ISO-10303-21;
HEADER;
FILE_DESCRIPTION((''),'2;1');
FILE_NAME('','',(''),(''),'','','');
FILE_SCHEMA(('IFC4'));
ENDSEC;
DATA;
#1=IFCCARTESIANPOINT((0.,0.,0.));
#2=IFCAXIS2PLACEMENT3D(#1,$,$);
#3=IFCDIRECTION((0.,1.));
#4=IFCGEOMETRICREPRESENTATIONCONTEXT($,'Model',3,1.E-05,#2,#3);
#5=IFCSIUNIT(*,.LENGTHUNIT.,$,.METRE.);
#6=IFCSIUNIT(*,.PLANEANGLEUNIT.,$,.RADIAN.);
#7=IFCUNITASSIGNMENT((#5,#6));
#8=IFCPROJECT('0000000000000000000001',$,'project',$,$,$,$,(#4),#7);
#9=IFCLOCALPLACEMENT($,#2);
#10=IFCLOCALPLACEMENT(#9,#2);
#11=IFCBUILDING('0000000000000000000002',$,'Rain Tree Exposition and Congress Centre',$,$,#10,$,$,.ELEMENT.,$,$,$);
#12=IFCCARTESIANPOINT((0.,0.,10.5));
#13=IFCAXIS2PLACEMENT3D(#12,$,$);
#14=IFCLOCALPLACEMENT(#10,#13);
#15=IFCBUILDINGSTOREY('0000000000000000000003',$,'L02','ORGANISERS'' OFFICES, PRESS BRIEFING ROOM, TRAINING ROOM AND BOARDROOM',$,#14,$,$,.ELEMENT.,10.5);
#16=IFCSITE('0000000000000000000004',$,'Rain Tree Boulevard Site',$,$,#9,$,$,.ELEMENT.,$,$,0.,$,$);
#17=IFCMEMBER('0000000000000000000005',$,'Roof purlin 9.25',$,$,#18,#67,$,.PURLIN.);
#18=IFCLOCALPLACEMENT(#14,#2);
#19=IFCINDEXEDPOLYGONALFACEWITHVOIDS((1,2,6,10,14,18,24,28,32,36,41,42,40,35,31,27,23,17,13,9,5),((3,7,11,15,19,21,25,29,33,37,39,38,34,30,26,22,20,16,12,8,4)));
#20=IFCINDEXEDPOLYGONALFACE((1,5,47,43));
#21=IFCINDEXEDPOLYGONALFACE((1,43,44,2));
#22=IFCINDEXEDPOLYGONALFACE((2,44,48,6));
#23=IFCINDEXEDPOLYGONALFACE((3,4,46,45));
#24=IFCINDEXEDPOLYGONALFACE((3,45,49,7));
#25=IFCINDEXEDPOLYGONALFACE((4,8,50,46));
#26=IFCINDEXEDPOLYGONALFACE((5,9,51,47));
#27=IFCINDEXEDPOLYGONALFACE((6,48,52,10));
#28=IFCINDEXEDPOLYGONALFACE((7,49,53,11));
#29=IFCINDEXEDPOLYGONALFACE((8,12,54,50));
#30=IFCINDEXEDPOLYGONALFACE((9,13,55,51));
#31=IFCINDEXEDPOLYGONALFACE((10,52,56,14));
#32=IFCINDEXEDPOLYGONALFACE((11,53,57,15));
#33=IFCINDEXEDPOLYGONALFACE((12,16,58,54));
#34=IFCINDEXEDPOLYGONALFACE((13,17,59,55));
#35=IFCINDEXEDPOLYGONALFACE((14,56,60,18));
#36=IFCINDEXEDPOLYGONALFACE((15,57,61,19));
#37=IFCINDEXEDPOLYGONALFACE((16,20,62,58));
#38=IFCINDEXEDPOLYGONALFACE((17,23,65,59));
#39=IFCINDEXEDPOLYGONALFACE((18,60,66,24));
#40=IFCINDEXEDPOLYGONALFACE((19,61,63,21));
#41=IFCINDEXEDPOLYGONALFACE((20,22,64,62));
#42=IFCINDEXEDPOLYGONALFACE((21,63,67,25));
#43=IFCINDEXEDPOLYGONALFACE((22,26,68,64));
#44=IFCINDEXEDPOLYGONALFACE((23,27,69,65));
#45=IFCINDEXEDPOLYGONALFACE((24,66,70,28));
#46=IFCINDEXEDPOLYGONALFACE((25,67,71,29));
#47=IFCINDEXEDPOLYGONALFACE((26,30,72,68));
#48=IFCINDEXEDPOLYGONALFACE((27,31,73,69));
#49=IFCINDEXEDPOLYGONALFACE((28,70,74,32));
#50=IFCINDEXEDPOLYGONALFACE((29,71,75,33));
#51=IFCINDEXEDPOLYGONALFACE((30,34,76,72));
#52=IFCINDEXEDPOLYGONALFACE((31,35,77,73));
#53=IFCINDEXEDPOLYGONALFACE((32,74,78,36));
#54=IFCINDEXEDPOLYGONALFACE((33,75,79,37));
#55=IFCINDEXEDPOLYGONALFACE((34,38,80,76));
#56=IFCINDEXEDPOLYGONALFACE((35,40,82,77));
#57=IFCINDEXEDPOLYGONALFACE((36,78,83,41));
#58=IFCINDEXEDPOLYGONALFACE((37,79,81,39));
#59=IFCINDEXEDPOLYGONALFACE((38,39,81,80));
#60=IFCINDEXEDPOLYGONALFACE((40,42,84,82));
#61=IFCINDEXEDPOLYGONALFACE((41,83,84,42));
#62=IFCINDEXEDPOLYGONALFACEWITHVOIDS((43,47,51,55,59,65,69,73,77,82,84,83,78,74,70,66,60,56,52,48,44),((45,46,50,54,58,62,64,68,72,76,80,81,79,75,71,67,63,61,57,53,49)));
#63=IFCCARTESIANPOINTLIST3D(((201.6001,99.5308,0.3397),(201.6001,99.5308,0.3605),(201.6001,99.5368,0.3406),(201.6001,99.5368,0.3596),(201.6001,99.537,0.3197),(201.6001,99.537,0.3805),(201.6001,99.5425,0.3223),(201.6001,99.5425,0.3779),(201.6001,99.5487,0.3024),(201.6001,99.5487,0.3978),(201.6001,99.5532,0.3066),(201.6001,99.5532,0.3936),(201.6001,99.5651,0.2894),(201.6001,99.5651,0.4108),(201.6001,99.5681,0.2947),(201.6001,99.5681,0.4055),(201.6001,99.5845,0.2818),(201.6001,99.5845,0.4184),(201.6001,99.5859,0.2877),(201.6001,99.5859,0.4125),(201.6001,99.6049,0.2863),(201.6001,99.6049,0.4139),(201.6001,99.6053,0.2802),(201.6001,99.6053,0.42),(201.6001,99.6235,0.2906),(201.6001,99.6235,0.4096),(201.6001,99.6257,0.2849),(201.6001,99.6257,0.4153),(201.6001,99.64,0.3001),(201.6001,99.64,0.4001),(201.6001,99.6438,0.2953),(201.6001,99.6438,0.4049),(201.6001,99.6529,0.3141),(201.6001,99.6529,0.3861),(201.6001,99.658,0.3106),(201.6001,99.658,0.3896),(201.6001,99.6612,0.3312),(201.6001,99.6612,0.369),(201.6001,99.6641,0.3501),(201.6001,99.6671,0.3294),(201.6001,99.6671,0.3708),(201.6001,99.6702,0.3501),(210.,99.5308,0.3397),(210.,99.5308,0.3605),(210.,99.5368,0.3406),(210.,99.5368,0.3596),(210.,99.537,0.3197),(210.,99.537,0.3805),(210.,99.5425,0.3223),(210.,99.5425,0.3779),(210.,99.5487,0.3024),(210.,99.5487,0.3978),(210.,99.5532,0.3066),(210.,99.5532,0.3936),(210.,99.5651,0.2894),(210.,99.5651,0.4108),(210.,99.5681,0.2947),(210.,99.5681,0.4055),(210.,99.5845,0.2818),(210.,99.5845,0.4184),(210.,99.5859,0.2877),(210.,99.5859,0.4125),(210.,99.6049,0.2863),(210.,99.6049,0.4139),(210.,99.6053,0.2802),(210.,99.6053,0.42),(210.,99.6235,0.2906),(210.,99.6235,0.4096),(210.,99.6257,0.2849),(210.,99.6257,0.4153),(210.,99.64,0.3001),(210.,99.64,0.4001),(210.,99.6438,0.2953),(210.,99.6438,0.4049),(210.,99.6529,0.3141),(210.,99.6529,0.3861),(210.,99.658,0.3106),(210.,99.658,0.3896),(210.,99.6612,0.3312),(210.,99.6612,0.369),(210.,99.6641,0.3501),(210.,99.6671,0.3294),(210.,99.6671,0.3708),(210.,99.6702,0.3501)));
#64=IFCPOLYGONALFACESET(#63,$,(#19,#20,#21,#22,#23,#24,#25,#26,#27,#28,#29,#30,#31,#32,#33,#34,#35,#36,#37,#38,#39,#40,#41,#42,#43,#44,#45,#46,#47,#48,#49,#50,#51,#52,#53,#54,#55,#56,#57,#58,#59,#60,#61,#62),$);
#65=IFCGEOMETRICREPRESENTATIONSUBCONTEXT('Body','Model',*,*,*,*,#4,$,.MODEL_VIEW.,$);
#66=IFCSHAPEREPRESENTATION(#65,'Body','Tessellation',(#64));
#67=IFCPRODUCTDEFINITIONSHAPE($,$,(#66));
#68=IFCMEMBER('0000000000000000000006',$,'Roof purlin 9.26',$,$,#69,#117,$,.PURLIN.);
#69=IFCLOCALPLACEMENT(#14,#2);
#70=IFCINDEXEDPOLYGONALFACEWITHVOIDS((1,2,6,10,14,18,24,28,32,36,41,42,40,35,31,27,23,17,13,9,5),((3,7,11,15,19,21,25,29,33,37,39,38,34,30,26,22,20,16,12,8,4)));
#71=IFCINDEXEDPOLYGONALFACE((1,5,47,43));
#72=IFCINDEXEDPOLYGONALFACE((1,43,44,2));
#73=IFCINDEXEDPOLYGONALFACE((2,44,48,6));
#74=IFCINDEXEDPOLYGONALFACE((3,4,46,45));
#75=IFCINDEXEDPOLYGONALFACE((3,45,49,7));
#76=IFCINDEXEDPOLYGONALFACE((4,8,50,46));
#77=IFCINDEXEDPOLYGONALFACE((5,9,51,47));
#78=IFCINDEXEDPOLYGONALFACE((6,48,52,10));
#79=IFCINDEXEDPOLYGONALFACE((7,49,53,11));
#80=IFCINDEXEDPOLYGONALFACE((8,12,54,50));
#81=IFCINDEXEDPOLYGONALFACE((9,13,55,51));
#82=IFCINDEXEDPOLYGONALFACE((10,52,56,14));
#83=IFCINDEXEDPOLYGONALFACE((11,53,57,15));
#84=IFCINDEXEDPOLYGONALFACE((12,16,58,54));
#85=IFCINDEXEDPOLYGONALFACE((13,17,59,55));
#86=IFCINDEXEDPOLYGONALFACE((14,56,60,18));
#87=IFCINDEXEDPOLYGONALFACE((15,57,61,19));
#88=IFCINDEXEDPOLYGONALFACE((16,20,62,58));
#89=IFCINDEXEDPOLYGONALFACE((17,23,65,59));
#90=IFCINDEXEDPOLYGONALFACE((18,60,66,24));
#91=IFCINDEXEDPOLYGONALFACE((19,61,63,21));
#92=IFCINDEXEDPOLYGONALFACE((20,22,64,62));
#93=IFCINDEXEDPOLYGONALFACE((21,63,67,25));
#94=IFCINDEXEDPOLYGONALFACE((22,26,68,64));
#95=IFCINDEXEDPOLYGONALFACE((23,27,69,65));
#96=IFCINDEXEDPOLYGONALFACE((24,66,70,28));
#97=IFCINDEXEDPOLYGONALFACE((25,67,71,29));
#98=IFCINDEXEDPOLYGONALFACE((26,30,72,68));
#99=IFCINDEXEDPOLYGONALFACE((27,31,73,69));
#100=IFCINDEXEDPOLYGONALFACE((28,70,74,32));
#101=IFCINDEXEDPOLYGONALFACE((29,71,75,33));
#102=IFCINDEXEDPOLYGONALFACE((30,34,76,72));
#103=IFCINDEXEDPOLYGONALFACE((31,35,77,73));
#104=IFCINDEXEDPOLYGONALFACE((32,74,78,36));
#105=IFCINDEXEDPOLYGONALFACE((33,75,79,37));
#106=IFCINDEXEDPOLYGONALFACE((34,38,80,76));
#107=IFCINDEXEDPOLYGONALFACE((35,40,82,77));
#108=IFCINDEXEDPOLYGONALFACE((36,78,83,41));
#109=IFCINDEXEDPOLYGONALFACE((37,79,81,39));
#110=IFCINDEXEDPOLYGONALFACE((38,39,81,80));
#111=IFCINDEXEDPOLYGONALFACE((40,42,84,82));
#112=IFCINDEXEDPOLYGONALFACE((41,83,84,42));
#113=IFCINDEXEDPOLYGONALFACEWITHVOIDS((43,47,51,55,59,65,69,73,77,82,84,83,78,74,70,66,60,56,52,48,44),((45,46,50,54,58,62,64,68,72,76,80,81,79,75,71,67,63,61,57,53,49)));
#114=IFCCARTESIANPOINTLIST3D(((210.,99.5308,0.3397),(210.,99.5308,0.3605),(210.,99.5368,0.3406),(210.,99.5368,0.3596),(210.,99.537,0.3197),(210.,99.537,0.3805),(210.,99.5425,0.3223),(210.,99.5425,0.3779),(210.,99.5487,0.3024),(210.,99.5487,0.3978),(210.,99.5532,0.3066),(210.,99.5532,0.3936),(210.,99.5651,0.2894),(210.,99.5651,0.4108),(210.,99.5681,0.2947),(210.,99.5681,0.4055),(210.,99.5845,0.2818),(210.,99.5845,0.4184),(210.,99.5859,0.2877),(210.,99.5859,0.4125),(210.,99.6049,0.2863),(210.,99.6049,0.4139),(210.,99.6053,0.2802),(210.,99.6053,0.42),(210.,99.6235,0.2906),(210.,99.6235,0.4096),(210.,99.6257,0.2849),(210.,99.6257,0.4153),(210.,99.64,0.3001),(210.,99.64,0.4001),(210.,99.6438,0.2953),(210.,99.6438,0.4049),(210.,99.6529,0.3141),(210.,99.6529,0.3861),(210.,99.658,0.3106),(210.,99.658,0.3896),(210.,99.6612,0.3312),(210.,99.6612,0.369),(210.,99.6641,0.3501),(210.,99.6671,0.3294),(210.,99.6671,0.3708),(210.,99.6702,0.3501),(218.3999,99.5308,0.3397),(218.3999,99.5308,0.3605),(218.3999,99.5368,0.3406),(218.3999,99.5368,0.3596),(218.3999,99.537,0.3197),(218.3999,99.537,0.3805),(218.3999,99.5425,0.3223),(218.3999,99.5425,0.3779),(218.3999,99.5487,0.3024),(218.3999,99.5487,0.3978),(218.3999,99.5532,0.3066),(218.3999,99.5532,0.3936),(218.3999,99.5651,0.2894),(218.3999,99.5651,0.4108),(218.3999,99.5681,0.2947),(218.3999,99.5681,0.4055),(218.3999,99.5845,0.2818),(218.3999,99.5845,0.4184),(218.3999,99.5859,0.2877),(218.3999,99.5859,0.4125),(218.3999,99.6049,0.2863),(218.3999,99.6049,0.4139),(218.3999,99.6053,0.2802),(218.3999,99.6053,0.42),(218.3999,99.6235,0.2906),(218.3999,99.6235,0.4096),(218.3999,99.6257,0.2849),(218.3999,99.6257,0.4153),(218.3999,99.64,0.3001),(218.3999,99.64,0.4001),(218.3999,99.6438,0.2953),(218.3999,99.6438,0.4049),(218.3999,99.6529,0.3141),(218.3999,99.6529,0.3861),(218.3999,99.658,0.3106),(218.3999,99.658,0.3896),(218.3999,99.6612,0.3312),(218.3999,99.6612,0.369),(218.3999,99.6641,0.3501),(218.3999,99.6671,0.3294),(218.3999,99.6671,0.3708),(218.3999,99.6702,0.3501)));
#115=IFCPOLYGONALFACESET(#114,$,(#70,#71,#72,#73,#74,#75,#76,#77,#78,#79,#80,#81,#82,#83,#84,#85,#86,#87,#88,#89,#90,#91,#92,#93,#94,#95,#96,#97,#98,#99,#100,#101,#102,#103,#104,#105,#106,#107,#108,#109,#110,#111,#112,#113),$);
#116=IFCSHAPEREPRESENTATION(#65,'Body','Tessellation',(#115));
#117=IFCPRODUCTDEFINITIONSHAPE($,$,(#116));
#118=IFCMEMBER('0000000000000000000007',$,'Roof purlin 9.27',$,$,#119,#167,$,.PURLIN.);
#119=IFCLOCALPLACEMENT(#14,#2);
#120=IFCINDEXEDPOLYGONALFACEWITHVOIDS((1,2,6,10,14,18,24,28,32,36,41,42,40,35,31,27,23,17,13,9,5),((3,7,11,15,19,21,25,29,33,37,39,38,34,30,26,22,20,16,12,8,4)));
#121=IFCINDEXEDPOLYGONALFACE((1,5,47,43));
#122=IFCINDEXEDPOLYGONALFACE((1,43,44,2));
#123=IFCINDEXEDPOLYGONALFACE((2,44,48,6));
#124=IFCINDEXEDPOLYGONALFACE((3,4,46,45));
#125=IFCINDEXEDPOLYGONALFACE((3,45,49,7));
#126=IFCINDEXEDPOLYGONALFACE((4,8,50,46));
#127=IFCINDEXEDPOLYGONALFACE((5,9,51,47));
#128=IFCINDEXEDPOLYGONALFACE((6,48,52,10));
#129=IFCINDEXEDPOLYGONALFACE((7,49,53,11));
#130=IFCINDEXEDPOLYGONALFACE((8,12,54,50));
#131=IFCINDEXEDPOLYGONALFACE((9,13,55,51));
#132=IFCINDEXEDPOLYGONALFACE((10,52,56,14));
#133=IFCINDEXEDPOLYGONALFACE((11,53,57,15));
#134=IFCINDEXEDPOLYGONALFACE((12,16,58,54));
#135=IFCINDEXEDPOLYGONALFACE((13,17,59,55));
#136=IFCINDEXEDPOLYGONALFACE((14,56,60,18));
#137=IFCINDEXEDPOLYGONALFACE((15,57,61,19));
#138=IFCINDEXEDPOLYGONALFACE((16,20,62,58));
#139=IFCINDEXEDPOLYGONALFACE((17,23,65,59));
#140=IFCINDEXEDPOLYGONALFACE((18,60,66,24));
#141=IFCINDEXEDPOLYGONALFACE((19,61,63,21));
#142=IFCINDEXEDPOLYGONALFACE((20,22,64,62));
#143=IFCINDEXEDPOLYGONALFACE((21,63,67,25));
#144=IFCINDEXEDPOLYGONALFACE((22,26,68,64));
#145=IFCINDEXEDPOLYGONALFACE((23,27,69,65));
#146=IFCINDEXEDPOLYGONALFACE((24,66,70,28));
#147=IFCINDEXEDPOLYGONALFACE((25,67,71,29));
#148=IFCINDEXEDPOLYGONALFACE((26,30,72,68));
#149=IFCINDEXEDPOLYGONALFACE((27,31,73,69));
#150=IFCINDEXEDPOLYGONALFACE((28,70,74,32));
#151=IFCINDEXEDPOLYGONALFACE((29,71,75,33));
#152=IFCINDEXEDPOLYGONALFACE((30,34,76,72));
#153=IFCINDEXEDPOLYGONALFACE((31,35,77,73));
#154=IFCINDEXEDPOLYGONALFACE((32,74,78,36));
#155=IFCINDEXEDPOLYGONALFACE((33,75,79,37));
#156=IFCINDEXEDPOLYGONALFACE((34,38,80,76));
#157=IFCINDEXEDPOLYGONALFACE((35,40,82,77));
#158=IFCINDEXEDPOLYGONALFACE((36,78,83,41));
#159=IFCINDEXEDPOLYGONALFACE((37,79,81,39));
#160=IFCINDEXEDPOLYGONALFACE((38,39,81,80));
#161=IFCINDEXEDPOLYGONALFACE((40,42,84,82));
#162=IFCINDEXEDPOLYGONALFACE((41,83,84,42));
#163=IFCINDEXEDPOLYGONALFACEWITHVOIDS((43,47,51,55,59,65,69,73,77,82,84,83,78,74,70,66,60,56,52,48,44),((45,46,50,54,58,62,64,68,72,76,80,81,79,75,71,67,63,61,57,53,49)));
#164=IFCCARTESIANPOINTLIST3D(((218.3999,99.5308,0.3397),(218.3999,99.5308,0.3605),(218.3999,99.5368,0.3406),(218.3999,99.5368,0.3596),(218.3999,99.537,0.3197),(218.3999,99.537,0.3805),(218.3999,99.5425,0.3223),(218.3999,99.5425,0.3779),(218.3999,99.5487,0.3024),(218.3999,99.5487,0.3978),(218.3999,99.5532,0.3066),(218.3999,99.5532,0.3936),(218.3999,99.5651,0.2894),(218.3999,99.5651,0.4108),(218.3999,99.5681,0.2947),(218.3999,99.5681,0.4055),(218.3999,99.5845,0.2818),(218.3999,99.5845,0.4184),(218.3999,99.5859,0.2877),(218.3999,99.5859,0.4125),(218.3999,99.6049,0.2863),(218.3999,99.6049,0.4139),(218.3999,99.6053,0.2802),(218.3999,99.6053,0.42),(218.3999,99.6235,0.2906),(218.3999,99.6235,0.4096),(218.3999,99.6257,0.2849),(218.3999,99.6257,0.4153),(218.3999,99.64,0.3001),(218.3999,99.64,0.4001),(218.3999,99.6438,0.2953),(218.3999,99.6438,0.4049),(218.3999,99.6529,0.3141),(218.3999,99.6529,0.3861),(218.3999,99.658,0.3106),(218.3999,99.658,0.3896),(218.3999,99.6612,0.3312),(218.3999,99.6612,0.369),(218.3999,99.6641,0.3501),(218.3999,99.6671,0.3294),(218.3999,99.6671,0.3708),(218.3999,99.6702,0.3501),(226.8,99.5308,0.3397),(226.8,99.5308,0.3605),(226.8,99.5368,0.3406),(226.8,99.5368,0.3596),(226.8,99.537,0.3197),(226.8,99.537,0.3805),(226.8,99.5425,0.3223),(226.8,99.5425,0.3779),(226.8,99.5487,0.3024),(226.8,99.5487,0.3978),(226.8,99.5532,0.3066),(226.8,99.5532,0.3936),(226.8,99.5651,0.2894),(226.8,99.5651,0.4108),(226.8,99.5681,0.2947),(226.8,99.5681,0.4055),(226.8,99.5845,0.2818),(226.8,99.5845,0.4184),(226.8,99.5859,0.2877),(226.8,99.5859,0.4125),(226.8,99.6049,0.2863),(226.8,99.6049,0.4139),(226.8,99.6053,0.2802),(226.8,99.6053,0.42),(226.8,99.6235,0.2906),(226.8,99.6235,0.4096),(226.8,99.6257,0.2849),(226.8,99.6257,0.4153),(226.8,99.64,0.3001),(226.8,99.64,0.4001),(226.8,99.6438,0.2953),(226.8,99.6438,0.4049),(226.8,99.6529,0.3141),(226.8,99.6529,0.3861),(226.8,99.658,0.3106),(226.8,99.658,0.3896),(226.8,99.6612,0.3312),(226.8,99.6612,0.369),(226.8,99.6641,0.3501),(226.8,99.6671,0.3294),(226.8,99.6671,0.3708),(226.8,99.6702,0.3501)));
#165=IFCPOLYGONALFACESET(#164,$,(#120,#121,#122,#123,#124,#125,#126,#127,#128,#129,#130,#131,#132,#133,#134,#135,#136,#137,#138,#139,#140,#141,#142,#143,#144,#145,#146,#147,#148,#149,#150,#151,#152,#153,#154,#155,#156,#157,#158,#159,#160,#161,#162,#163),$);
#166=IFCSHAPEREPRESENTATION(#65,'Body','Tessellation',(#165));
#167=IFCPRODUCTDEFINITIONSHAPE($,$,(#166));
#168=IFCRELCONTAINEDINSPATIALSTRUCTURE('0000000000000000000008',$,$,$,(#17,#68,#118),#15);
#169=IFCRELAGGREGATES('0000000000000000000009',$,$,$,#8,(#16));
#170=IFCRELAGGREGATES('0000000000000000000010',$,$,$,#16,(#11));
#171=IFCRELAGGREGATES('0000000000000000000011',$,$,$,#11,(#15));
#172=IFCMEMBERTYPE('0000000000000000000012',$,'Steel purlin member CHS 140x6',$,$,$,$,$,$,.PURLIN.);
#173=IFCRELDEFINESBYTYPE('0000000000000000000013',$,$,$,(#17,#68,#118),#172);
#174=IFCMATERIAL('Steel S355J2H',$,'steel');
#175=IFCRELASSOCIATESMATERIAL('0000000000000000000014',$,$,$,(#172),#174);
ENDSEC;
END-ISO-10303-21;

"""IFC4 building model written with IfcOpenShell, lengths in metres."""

from ifc_helpers import new_model, si_unit, direction, frame, origin, origin_2d, place, context, subcontext, project, spatial, hollow_circle, extrude, material, material_profile, profile_set, type_object, element, save


model = new_model("IFC4")

# Units and contexts
model_context = context("Model", 3, precision=1e-05, world=origin(), true_north=direction((0.0, 1.0)))
body_context = subcontext(model_context, "Body", "Model", "MODEL_VIEW")
ifc_project = project(units=[si_unit("LENGTHUNIT", "METRE"), si_unit("PLANEANGLEUNIT", "RADIAN")], contexts=[model_context])

# Site, building, storey
site_placement = place(None, origin())
site = spatial("IfcSite", under=ifc_project, at=site_placement, Name="Rain Tree Boulevard Site", CompositionType="ELEMENT", RefElevation=0.0)
building_placement = place(site_placement, origin())
building = spatial("IfcBuilding", under=site, at=building_placement, Name="Rain Tree Exposition and Congress Centre", CompositionType="ELEMENT")
storey_placement = place(building_placement, frame((0.0, 0.0, 10.5)))
storey = spatial("IfcBuildingStorey", under=building, at=storey_placement, Name="L02", Description="ORGANISERS' OFFICES, PRESS BRIEFING ROOM, TRAINING ROOM AND BOARDROOM", CompositionType="ELEMENT", Elevation=10.5)

# Members
ifc_material_1 = material(Name="Steel S355J2H", Category="steel")
ifc_material_profile_1 = material_profile(ifc_material_1, hollow_circle(Radius=0.0701, WallThickness=0.0061, at=origin_2d()), Name="CHS 140x6")
ifc_profile_set_1 = profile_set([ifc_material_profile_1], Name="Steel S355J2H")
member_type_1 = type_object("IfcMemberType", Name="Steel purlin member CHS 140x6", PredefinedType="PURLIN", material=ifc_profile_set_1)
for number, where, z_axis, x_axis, name in (
    (1, (201.6001, 99.6001, 0.3501), (1.0, 0.0, 0.0), (0.0, 1.0, 0.0), "Roof purlin 9.25"),
    (2, (210.0, 99.6001, 0.3501), (1.0, 0.0, 0.0), (0.0, 1.0, 0.0), "Roof purlin 9.26"),
):
    element("IfcMember", number, at=place(storey_placement, frame(where, z_axis=z_axis, x_axis=x_axis)), inside=storey, type_object=member_type_1, Name=name, PredefinedType="PURLIN", context=body_context, shape_type="SweptSolid", body=[
        extrude(hollow_circle(Radius=0.0701, WallThickness=0.0061, at=origin_2d()), origin(), (0.0, 0.0, 1.0), 8.3999),
    ])
member_1_placement = place(storey_placement, frame((218.3999, 99.6001, 0.3501), z_axis=(1.0, 0.0, 0.0), x_axis=(0.0, 1.0, 0.0)))
element("IfcMember", 3, at=member_1_placement, inside=storey, type_object=member_type_1, Name="Roof purlin 9.27", PredefinedType="PURLIN", context=body_context, shape_type="SweptSolid", body=[
    extrude(hollow_circle(Radius=0.0701, WallThickness=0.0061, at=origin_2d()), origin(), (0.0, 0.0, 1.0), 8.4001),
])

save(model, "model.ifc")
